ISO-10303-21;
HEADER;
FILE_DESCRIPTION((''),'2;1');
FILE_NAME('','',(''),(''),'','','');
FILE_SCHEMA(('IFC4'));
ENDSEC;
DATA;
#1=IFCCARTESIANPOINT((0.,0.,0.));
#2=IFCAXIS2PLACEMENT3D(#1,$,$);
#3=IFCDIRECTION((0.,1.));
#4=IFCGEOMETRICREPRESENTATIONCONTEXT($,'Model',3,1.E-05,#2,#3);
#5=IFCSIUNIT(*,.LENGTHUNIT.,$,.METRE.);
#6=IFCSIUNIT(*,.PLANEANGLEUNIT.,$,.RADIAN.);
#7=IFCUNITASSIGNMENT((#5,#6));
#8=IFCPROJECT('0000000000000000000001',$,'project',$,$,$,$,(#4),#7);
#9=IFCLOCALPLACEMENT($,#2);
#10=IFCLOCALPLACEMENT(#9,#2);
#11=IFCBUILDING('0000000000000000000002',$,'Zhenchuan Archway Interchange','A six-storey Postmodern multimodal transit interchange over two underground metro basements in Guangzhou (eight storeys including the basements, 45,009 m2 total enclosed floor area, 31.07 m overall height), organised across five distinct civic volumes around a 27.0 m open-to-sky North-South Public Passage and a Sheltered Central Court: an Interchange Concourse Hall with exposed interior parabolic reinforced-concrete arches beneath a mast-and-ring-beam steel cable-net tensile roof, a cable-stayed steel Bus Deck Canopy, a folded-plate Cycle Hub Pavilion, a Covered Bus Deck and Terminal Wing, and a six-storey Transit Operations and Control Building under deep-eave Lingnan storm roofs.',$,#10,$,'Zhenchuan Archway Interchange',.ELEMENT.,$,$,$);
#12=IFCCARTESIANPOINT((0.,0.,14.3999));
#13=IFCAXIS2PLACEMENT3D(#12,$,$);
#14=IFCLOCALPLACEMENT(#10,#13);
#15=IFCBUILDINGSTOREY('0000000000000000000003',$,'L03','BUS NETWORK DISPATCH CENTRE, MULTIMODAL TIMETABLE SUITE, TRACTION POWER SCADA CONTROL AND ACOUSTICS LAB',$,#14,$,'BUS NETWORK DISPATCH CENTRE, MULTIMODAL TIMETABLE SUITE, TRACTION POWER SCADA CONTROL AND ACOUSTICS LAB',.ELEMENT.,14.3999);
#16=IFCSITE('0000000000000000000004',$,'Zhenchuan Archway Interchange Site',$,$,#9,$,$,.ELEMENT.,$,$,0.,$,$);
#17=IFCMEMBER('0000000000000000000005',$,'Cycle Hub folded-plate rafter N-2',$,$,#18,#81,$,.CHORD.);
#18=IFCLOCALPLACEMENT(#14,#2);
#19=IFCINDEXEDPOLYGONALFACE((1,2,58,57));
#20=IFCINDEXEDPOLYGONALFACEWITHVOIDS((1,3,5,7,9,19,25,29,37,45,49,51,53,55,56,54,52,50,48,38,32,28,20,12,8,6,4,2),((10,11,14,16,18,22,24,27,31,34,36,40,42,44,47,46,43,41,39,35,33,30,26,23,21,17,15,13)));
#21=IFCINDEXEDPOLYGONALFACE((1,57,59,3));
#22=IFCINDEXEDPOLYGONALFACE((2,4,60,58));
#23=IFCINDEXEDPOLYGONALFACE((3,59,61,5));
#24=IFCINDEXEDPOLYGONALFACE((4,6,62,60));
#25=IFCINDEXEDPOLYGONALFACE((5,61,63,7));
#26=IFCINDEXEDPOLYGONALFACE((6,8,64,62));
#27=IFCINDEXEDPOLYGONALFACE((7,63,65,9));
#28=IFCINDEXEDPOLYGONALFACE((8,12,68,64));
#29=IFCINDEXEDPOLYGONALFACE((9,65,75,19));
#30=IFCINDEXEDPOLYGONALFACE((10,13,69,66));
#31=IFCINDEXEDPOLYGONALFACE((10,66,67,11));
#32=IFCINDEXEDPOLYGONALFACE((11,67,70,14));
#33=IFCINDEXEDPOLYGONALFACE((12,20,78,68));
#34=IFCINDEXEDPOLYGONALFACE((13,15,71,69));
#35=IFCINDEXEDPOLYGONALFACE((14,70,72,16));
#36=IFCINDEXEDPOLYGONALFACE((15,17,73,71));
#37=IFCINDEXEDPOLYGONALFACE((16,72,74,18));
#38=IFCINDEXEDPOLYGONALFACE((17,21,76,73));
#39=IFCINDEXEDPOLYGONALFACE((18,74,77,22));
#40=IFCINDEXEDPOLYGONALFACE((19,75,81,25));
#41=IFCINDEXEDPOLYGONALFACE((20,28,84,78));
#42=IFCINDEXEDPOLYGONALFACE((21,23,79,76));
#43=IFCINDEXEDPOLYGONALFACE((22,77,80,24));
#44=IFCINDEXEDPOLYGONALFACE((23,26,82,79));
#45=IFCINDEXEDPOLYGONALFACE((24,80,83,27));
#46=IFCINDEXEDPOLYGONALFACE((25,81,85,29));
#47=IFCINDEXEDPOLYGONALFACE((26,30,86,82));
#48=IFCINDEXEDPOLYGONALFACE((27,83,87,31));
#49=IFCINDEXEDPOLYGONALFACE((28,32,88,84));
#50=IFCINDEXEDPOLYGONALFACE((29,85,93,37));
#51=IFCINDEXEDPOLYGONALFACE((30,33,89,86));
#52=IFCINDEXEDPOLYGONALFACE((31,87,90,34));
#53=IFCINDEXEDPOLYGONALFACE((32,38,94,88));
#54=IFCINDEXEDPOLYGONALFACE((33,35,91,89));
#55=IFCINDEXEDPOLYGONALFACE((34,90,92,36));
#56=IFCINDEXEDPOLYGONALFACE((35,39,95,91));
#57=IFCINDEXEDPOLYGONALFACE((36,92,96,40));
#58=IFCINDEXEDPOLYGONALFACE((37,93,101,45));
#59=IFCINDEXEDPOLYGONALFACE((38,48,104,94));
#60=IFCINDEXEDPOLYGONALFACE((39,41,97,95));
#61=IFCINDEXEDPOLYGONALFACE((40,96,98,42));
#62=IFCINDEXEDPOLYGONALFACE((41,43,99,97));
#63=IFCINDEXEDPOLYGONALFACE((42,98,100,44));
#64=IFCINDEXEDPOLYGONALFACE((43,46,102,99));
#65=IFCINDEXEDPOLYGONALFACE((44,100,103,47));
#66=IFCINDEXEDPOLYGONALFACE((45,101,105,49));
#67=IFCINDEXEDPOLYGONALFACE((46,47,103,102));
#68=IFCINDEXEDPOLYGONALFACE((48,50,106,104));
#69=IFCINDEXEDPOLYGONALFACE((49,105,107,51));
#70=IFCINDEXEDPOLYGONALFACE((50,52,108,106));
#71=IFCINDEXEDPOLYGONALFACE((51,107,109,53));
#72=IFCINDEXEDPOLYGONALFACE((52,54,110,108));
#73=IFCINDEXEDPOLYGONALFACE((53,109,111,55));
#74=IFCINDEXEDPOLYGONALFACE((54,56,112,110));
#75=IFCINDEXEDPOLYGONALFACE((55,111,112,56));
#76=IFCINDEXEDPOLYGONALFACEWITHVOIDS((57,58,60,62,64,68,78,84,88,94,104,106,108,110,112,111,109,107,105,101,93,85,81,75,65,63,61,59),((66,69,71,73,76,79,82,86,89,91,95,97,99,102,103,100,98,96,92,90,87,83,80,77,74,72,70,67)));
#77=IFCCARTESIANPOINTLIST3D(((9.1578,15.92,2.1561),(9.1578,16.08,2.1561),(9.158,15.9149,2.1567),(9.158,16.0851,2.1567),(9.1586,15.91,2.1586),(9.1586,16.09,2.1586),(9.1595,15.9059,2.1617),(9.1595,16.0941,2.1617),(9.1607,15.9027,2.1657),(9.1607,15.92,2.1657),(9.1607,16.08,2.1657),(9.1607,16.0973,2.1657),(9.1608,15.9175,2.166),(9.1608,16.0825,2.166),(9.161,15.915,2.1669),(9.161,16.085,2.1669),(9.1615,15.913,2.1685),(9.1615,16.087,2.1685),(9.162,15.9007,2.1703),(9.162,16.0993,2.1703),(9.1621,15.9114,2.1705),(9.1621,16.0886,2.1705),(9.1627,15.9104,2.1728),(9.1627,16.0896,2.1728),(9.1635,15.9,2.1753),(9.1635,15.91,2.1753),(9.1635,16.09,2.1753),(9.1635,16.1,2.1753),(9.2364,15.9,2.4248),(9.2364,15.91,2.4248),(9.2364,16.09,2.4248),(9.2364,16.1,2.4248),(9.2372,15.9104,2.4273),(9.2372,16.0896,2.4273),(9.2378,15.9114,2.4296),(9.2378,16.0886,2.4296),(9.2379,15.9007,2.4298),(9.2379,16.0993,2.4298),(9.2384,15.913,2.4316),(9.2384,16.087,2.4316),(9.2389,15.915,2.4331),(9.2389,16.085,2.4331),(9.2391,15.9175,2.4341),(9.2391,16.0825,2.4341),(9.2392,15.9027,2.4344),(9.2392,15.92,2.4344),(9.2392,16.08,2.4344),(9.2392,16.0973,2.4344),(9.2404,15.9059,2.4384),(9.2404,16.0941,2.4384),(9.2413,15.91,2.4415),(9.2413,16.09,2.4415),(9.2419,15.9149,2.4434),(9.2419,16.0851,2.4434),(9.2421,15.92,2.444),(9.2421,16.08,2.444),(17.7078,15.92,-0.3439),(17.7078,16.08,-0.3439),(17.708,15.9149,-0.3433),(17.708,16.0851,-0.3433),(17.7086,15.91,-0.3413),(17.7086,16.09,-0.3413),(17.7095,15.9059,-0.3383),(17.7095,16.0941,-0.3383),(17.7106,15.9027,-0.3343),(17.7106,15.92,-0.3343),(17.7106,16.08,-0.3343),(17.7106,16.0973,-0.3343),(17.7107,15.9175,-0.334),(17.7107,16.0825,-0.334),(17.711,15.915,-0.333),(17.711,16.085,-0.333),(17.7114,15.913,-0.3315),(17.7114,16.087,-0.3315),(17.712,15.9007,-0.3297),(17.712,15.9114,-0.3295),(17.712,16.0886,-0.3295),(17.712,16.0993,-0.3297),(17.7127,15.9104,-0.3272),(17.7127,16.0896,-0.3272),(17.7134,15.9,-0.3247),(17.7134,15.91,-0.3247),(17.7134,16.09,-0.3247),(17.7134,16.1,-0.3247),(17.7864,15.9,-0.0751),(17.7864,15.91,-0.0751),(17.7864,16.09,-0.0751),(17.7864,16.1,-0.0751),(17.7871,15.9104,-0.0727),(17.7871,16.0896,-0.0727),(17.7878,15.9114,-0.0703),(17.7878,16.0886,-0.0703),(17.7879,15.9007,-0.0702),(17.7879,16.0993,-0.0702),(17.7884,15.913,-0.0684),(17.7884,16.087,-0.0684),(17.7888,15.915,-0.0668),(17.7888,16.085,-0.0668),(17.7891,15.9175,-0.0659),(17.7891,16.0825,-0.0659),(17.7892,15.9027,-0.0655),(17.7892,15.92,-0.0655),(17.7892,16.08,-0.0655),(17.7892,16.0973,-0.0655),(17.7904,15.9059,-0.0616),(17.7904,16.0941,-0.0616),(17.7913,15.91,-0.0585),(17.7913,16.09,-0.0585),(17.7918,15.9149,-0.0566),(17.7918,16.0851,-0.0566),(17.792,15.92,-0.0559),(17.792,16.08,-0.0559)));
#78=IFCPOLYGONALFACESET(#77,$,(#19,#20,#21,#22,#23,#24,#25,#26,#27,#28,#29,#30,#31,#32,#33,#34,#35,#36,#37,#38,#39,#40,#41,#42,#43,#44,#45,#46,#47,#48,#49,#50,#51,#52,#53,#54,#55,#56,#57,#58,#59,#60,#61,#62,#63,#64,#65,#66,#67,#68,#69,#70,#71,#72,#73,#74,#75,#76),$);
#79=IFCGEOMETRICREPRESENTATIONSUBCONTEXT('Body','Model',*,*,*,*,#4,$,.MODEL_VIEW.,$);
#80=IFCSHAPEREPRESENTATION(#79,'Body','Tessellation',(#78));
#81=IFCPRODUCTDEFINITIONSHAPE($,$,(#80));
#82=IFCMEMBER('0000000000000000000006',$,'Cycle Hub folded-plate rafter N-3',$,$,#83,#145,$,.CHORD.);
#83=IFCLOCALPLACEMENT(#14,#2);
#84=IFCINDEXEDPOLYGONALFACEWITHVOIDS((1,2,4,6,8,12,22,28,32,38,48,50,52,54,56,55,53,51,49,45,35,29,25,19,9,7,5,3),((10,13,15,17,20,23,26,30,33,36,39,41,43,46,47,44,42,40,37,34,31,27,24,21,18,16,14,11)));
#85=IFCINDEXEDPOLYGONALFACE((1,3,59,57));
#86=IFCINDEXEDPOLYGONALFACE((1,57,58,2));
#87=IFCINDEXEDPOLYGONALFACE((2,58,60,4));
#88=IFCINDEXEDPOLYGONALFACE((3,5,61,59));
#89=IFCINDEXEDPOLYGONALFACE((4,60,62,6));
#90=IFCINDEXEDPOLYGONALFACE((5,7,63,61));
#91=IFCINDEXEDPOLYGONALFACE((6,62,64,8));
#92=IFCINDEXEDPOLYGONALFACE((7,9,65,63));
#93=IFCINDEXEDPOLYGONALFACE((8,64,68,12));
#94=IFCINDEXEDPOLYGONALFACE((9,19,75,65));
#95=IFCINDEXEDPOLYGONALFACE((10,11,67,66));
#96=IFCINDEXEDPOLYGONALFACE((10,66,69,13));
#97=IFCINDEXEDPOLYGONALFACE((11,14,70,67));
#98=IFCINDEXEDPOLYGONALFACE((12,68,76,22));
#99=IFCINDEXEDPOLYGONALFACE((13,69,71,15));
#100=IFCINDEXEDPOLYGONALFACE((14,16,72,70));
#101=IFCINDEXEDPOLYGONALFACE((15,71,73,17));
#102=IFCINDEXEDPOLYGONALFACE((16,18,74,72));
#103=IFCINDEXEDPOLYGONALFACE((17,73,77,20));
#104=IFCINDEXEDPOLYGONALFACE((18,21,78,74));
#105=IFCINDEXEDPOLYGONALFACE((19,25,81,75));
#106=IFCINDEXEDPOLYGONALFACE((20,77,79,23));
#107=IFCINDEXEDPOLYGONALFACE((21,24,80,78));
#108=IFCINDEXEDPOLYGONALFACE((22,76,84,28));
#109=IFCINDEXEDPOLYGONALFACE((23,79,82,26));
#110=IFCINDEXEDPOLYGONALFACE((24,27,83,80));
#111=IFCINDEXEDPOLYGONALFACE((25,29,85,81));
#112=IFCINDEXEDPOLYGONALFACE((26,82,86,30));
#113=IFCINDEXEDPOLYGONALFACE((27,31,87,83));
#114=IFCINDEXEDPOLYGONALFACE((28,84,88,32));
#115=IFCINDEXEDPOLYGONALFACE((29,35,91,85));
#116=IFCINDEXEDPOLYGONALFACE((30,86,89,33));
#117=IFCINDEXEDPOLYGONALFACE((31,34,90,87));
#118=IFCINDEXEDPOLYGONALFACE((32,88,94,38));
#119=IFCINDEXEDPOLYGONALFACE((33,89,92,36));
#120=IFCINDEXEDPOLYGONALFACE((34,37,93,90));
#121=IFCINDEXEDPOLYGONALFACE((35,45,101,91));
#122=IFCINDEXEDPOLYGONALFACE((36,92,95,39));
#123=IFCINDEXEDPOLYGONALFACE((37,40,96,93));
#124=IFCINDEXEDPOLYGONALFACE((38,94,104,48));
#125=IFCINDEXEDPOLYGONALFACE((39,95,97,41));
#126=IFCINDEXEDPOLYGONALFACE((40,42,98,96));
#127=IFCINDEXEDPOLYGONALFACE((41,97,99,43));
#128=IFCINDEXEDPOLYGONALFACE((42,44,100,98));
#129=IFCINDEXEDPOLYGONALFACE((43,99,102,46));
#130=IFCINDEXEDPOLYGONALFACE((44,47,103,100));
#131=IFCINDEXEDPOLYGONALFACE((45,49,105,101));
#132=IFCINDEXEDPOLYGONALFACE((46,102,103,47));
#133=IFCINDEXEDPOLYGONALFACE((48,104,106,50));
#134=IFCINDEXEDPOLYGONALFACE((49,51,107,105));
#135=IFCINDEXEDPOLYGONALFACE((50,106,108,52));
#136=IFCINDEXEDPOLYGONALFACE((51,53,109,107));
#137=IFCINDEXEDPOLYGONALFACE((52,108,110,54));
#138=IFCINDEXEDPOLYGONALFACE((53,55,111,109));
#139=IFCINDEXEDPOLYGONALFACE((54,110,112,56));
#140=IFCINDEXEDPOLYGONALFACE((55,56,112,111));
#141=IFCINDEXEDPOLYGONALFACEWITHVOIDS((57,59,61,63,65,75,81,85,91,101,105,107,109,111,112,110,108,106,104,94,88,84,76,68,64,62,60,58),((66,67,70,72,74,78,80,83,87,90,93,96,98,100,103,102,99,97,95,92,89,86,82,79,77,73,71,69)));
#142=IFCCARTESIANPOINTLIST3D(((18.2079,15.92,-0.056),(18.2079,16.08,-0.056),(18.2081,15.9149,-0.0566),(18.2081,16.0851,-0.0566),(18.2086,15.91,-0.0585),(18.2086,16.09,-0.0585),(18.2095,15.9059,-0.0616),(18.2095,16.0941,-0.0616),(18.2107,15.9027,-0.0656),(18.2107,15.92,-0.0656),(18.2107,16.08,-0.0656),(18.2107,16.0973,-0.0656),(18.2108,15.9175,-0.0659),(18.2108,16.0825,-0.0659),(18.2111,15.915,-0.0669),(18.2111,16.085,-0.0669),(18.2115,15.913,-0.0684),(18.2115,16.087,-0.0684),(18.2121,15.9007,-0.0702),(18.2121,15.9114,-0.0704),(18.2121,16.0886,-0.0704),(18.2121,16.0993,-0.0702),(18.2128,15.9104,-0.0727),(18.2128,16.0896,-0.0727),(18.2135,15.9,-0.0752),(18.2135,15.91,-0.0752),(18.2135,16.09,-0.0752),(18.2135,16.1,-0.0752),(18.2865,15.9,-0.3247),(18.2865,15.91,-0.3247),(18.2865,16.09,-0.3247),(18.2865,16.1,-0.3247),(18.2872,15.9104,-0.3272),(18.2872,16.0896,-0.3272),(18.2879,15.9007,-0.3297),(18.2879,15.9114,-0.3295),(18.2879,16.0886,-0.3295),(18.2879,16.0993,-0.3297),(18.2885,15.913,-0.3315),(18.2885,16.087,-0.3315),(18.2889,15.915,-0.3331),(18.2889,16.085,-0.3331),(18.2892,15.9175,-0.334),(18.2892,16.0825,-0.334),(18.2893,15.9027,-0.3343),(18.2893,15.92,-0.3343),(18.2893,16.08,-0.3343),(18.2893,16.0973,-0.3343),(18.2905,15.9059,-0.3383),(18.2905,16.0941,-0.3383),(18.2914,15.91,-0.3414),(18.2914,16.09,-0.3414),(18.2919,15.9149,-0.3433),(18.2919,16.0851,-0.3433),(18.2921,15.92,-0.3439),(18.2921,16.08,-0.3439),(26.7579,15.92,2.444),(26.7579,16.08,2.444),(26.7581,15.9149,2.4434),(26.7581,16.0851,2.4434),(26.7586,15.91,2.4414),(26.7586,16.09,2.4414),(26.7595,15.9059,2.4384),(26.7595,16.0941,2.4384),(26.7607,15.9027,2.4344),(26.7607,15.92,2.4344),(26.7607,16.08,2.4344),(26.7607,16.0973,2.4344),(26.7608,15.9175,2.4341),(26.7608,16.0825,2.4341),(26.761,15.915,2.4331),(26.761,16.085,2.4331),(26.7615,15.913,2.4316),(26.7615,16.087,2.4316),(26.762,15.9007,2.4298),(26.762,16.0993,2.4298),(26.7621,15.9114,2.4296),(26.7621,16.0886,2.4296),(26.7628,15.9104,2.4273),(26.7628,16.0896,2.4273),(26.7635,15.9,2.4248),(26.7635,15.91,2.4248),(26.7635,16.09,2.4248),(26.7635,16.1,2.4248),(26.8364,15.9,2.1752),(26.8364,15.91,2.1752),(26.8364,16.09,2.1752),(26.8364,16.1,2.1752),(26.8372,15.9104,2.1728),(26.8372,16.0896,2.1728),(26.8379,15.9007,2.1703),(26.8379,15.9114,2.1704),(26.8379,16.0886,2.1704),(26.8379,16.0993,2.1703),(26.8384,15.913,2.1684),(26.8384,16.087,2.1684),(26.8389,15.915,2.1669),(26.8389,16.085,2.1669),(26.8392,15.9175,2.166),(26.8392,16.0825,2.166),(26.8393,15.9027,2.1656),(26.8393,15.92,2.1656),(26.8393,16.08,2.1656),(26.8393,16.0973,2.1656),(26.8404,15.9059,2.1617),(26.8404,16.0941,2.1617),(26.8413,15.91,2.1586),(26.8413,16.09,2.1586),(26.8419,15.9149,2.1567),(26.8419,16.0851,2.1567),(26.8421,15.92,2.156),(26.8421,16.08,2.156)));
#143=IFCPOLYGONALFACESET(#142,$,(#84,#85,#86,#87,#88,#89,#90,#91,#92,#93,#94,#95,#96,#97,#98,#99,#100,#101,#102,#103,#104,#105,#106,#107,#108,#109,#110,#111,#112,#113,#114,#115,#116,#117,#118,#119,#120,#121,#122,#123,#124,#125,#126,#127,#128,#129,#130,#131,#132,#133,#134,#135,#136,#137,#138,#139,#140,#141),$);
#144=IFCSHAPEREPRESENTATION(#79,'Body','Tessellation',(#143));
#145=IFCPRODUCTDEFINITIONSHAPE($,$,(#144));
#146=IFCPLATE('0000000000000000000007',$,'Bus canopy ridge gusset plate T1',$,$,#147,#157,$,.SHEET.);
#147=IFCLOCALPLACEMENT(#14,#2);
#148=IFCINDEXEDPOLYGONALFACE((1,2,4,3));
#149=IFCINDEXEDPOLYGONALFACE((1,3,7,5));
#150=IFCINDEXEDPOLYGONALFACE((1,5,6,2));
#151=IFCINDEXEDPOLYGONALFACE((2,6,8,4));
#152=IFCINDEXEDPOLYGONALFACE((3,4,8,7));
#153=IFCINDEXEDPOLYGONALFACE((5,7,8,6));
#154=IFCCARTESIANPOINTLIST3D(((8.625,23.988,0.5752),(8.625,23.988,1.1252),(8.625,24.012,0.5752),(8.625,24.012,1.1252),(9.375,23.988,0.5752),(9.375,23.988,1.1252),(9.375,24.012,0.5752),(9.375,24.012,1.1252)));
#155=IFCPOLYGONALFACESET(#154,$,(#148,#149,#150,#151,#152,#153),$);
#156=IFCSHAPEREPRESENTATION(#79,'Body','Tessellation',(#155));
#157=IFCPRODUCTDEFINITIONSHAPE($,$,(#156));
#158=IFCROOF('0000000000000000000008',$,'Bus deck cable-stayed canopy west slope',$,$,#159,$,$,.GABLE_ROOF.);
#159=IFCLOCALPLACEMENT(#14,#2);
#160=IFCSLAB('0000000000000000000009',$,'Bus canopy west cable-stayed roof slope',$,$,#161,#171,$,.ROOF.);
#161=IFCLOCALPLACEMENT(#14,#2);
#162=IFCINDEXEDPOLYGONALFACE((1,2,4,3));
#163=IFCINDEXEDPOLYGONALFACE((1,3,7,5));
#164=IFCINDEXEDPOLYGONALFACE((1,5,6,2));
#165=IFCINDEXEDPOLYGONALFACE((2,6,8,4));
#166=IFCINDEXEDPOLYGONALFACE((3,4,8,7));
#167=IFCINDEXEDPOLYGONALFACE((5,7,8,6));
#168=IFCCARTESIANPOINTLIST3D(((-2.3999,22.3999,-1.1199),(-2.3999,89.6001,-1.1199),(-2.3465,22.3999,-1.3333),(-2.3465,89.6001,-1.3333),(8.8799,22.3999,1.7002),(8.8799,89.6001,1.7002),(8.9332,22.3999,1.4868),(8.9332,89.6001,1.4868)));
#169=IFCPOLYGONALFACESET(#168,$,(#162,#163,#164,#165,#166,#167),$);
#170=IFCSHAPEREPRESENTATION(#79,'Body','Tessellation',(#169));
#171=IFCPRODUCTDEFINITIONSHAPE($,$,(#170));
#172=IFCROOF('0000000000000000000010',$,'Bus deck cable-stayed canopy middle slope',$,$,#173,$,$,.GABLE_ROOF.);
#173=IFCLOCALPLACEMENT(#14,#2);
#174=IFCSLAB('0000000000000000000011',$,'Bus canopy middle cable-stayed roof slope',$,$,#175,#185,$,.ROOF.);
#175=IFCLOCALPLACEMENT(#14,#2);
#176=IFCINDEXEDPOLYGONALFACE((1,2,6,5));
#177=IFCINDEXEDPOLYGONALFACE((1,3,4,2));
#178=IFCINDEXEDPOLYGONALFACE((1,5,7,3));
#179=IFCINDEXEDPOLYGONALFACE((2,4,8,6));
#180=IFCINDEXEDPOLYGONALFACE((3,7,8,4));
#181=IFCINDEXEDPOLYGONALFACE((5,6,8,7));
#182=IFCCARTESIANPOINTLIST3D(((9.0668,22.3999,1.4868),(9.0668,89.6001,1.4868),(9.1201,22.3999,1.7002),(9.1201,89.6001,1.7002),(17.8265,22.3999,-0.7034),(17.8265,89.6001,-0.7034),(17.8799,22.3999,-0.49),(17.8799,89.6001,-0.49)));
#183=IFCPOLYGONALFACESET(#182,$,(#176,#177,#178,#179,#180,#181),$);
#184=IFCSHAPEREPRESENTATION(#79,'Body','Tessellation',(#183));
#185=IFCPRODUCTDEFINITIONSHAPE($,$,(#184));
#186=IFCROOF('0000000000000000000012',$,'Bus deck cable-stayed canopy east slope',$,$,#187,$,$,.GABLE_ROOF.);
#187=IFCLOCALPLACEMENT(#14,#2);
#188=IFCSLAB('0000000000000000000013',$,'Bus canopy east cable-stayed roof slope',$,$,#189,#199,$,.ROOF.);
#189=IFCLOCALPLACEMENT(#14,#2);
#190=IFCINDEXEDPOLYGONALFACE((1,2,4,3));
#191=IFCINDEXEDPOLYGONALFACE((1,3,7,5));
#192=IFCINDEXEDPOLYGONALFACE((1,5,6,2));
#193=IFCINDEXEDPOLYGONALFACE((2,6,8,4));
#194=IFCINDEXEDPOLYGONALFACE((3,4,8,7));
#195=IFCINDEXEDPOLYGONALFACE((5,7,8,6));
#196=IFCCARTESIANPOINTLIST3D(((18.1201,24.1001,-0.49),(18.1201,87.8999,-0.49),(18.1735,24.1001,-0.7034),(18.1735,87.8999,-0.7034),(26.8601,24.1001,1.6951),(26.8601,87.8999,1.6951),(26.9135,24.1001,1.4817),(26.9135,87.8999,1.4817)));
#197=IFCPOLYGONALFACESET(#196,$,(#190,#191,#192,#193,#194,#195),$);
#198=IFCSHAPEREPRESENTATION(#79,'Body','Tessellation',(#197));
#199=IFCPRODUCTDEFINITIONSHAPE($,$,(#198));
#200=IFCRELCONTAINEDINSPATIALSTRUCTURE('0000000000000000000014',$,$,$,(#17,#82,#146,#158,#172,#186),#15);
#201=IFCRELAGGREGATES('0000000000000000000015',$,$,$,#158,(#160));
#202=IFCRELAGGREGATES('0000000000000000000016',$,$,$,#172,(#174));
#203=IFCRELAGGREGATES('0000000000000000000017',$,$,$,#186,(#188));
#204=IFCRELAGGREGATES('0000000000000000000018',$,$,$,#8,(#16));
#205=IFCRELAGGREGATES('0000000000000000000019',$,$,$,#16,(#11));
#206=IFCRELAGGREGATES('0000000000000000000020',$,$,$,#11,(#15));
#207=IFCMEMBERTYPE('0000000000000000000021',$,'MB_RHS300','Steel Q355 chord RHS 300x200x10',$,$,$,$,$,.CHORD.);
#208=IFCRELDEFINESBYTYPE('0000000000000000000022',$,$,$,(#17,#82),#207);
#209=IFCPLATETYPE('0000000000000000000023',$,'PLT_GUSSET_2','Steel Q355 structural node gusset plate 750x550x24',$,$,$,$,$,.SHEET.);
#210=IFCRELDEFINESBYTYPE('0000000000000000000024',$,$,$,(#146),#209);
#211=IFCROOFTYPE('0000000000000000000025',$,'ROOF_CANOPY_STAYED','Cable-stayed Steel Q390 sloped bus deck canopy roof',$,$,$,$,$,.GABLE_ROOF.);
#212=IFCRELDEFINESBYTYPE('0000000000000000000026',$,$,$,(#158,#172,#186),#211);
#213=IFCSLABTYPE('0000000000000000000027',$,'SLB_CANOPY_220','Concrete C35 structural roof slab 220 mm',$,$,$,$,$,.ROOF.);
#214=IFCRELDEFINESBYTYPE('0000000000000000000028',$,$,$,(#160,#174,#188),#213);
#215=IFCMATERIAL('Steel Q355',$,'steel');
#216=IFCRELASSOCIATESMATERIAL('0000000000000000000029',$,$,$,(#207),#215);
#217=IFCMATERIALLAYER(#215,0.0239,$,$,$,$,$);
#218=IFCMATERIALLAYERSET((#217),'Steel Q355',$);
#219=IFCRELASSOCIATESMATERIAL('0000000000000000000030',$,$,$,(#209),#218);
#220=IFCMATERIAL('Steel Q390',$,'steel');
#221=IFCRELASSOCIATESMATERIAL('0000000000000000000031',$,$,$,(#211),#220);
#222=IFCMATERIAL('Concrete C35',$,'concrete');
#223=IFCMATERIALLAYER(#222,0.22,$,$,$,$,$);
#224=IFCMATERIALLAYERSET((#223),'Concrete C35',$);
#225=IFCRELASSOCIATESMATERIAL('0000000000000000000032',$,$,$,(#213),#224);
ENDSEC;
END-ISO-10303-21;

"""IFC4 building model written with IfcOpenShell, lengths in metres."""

from ifc_helpers import new_model, si_unit, direction, frame, origin, origin_2d, place, context, subcontext, project, spatial, polyline, rectangle, hollow_rectangle, outline, extrude, material, layer, layer_set, material_profile, profile_set, type_object, element, aggregate, save


model = new_model("IFC4")

# Units and contexts
model_context = context("Model", 3, precision=1e-05, world=origin(), true_north=direction((0.0, 1.0)))
body_context = subcontext(model_context, "Body", "Model", "MODEL_VIEW")
ifc_project = project(units=[si_unit("LENGTHUNIT", "METRE"), si_unit("PLANEANGLEUNIT", "RADIAN")], contexts=[model_context])

# Site, building, storey
site_placement = place(None, origin())
site = spatial("IfcSite", under=ifc_project, at=site_placement, Name="Zhenchuan Archway Interchange Site", CompositionType="ELEMENT", RefElevation=0.0)
building_placement = place(site_placement, origin())
building = spatial("IfcBuilding", under=site, at=building_placement, Name="Zhenchuan Archway Interchange", Description="A six-storey Postmodern multimodal transit interchange over two underground metro basements in Guangzhou (eight storeys including the basements, 45,009 m2 total enclosed floor area, 31.07 m overall height), organised across five distinct civic volumes around a 27.0 m open-to-sky North-South Public Passage and a Sheltered Central Court: an Interchange Concourse Hall with exposed interior parabolic reinforced-concrete arches beneath a mast-and-ring-beam steel cable-net tensile roof, a cable-stayed steel Bus Deck Canopy, a folded-plate Cycle Hub Pavilion, a Covered Bus Deck and Terminal Wing, and a six-storey Transit Operations and Control Building under deep-eave Lingnan storm roofs.", LongName="Zhenchuan Archway Interchange", CompositionType="ELEMENT")
storey_placement = place(building_placement, frame((0.0, 0.0, 14.3999)))
storey = spatial("IfcBuildingStorey", under=building, at=storey_placement, Name="L03", Description="BUS NETWORK DISPATCH CENTRE, MULTIMODAL TIMETABLE SUITE, TRACTION POWER SCADA CONTROL AND ACOUSTICS LAB", LongName="BUS NETWORK DISPATCH CENTRE, MULTIMODAL TIMETABLE SUITE, TRACTION POWER SCADA CONTROL AND ACOUSTICS LAB", CompositionType="ELEMENT", Elevation=14.3999)

# Shared definitions
ifc_material_1 = material(Name="Steel Q390", Category="steel")
ifc_material_2 = material(Name="Steel Q355", Category="steel")

# Members
ifc_material_profile_1 = material_profile(ifc_material_2, hollow_rectangle(XDim=0.2, YDim=0.3, WallThickness=0.01, InnerFilletRadius=0.01, OuterFilletRadius=0.02, at=origin_2d()), Name="RHS 300x200x10")
ifc_profile_set_1 = profile_set([ifc_material_profile_1], Name="Steel Q355")
member_type_1 = type_object("IfcMemberType", Name="MB_RHS300", Description="Steel Q355 chord RHS 300x200x10", PredefinedType="CHORD", material=ifc_profile_set_1)
for number, where, z_axis, x_axis, name in (
    (1, (9.2, 16.0, 2.3), (0.959812, 0.0, -0.280645), (0.0, 1.0, 0.0), "Cycle Hub folded-plate rafter N-2"),
    (2, (18.25, 16.0, -0.2), (0.959812, 0.0, 0.280645), (0.0, 1.0, 0.0), "Cycle Hub folded-plate rafter N-3"),
):
    element("IfcMember", number, at=place(storey_placement, frame(where, z_axis=z_axis, x_axis=x_axis)), inside=storey, type_object=member_type_1, Name=name, PredefinedType="CHORD", context=body_context, shape_type="SweptSolid", body=[
        extrude(hollow_rectangle(XDim=0.2, YDim=0.3, WallThickness=0.01, InnerFilletRadius=0.01, OuterFilletRadius=0.02, at=origin_2d()), origin(), (0.0, 0.0, 1.0), 8.908),
    ])

# Plate
ifc_layer_1 = layer(ifc_material_2, 0.0239)
ifc_layer_set_1 = layer_set([ifc_layer_1], Name="Steel Q355")
plate_type = type_object("IfcPlateType", Name="PLT_GUSSET_2", Description="Steel Q355 structural node gusset plate 750x550x24", PredefinedType="SHEET", material=ifc_layer_set_1)
plate_placement = place(storey_placement, frame((9.0, 24.0, 0.5752), z_axis=(0.0, 0.0, 1.0), x_axis=(1.0, 0.0, 0.0)))
element("IfcPlate", 3, at=plate_placement, inside=storey, type_object=plate_type, Name="Bus canopy ridge gusset plate T1", PredefinedType="SHEET", context=body_context, shape_type="SweptSolid", body=[
    extrude(rectangle(XDim=0.75, YDim=0.0239, at=origin_2d()), origin(), (0.0, 0.0, 1.0), 0.55),
])

# Roofs, slabs
roof_type = type_object("IfcRoofType", Name="ROOF_CANOPY_STAYED", Description="Cable-stayed Steel Q390 sloped bus deck canopy roof", PredefinedType="GABLE_ROOF", material=ifc_material_1)
roof_1_placement = place(storey_placement, origin())
roof_1 = element("IfcRoof", 4, at=roof_1_placement, inside=storey, type_object=roof_type, Name="Bus deck cable-stayed canopy west slope", PredefinedType="GABLE_ROOF")
ifc_material_3 = material(Name="Concrete C35", Category="concrete")
ifc_layer_2 = layer(ifc_material_3, 0.22)
ifc_layer_set_2 = layer_set([ifc_layer_2], Name="Concrete C35")
slab_type = type_object("IfcSlabType", Name="SLB_CANOPY_220", Description="Concrete C35 structural roof slab 220 mm", PredefinedType="ROOF", material=ifc_layer_set_2)
slab_1_placement = place(storey_placement, frame((-2.3999, 22.3999, -1.1199), z_axis=(-0.242546, 0.0, 0.97014), x_axis=(0.97014, 0.0, 0.242546)))
slab_1 = element("IfcSlab", 5, at=slab_1_placement, type_object=slab_type, Name="Bus canopy west cable-stayed roof slope", PredefinedType="ROOF", context=body_context, shape_type="SweptSolid", body=[
    extrude(outline(polyline([(0.0, 0.0), (11.627, 0.0), (11.627, 67.2002), (0.0, 67.2002), (0.0, 0.0)])), origin(), (0.0, 0.0, -1.0), 0.22),
])
aggregate(roof_1, [slab_1])
roof_2_placement = place(storey_placement, origin())
roof_2 = element("IfcRoof", 6, at=roof_2_placement, inside=storey, type_object=roof_type, Name="Bus deck cable-stayed canopy middle slope", PredefinedType="GABLE_ROOF")
slab_2_placement = place(storey_placement, frame((9.1201, 22.3999, 1.7002), z_axis=(0.242561, 0.0, 0.970136), x_axis=(0.970136, 0.0, -0.242561)))
slab_2 = element("IfcSlab", 7, at=slab_2_placement, type_object=slab_type, Name="Bus canopy middle cable-stayed roof slope", PredefinedType="ROOF", context=body_context, shape_type="SweptSolid", body=[
    extrude(outline(polyline([(0.0, 0.0), (9.0294, 0.0), (9.0294, 67.2002), (0.0, 67.2002), (0.0, 0.0)])), origin(), (0.0, 0.0, -1.0), 0.22),
])
aggregate(roof_2, [slab_2])
roof_3_placement = place(storey_placement, origin())
roof_3 = element("IfcRoof", 8, at=roof_3_placement, inside=storey, type_object=roof_type, Name="Bus deck cable-stayed canopy east slope", PredefinedType="GABLE_ROOF")
slab_3_placement = place(storey_placement, frame((18.1201, 24.1001, -0.49), z_axis=(-0.242542, 0.0, 0.970141), x_axis=(0.970141, 0.0, 0.242542)))
slab_3 = element("IfcSlab", 9, at=slab_3_placement, type_object=slab_type, Name="Bus canopy east cable-stayed roof slope", PredefinedType="ROOF", context=body_context, shape_type="SweptSolid", body=[
    extrude(outline(polyline([(0.0, 0.0), (9.009, 0.0), (9.009, 63.7998), (0.0, 63.7998), (0.0, 0.0)])), origin(), (0.0, 0.0, -1.0), 0.22),
])
aggregate(roof_3, [slab_3])

save(model, "model.ifc")
